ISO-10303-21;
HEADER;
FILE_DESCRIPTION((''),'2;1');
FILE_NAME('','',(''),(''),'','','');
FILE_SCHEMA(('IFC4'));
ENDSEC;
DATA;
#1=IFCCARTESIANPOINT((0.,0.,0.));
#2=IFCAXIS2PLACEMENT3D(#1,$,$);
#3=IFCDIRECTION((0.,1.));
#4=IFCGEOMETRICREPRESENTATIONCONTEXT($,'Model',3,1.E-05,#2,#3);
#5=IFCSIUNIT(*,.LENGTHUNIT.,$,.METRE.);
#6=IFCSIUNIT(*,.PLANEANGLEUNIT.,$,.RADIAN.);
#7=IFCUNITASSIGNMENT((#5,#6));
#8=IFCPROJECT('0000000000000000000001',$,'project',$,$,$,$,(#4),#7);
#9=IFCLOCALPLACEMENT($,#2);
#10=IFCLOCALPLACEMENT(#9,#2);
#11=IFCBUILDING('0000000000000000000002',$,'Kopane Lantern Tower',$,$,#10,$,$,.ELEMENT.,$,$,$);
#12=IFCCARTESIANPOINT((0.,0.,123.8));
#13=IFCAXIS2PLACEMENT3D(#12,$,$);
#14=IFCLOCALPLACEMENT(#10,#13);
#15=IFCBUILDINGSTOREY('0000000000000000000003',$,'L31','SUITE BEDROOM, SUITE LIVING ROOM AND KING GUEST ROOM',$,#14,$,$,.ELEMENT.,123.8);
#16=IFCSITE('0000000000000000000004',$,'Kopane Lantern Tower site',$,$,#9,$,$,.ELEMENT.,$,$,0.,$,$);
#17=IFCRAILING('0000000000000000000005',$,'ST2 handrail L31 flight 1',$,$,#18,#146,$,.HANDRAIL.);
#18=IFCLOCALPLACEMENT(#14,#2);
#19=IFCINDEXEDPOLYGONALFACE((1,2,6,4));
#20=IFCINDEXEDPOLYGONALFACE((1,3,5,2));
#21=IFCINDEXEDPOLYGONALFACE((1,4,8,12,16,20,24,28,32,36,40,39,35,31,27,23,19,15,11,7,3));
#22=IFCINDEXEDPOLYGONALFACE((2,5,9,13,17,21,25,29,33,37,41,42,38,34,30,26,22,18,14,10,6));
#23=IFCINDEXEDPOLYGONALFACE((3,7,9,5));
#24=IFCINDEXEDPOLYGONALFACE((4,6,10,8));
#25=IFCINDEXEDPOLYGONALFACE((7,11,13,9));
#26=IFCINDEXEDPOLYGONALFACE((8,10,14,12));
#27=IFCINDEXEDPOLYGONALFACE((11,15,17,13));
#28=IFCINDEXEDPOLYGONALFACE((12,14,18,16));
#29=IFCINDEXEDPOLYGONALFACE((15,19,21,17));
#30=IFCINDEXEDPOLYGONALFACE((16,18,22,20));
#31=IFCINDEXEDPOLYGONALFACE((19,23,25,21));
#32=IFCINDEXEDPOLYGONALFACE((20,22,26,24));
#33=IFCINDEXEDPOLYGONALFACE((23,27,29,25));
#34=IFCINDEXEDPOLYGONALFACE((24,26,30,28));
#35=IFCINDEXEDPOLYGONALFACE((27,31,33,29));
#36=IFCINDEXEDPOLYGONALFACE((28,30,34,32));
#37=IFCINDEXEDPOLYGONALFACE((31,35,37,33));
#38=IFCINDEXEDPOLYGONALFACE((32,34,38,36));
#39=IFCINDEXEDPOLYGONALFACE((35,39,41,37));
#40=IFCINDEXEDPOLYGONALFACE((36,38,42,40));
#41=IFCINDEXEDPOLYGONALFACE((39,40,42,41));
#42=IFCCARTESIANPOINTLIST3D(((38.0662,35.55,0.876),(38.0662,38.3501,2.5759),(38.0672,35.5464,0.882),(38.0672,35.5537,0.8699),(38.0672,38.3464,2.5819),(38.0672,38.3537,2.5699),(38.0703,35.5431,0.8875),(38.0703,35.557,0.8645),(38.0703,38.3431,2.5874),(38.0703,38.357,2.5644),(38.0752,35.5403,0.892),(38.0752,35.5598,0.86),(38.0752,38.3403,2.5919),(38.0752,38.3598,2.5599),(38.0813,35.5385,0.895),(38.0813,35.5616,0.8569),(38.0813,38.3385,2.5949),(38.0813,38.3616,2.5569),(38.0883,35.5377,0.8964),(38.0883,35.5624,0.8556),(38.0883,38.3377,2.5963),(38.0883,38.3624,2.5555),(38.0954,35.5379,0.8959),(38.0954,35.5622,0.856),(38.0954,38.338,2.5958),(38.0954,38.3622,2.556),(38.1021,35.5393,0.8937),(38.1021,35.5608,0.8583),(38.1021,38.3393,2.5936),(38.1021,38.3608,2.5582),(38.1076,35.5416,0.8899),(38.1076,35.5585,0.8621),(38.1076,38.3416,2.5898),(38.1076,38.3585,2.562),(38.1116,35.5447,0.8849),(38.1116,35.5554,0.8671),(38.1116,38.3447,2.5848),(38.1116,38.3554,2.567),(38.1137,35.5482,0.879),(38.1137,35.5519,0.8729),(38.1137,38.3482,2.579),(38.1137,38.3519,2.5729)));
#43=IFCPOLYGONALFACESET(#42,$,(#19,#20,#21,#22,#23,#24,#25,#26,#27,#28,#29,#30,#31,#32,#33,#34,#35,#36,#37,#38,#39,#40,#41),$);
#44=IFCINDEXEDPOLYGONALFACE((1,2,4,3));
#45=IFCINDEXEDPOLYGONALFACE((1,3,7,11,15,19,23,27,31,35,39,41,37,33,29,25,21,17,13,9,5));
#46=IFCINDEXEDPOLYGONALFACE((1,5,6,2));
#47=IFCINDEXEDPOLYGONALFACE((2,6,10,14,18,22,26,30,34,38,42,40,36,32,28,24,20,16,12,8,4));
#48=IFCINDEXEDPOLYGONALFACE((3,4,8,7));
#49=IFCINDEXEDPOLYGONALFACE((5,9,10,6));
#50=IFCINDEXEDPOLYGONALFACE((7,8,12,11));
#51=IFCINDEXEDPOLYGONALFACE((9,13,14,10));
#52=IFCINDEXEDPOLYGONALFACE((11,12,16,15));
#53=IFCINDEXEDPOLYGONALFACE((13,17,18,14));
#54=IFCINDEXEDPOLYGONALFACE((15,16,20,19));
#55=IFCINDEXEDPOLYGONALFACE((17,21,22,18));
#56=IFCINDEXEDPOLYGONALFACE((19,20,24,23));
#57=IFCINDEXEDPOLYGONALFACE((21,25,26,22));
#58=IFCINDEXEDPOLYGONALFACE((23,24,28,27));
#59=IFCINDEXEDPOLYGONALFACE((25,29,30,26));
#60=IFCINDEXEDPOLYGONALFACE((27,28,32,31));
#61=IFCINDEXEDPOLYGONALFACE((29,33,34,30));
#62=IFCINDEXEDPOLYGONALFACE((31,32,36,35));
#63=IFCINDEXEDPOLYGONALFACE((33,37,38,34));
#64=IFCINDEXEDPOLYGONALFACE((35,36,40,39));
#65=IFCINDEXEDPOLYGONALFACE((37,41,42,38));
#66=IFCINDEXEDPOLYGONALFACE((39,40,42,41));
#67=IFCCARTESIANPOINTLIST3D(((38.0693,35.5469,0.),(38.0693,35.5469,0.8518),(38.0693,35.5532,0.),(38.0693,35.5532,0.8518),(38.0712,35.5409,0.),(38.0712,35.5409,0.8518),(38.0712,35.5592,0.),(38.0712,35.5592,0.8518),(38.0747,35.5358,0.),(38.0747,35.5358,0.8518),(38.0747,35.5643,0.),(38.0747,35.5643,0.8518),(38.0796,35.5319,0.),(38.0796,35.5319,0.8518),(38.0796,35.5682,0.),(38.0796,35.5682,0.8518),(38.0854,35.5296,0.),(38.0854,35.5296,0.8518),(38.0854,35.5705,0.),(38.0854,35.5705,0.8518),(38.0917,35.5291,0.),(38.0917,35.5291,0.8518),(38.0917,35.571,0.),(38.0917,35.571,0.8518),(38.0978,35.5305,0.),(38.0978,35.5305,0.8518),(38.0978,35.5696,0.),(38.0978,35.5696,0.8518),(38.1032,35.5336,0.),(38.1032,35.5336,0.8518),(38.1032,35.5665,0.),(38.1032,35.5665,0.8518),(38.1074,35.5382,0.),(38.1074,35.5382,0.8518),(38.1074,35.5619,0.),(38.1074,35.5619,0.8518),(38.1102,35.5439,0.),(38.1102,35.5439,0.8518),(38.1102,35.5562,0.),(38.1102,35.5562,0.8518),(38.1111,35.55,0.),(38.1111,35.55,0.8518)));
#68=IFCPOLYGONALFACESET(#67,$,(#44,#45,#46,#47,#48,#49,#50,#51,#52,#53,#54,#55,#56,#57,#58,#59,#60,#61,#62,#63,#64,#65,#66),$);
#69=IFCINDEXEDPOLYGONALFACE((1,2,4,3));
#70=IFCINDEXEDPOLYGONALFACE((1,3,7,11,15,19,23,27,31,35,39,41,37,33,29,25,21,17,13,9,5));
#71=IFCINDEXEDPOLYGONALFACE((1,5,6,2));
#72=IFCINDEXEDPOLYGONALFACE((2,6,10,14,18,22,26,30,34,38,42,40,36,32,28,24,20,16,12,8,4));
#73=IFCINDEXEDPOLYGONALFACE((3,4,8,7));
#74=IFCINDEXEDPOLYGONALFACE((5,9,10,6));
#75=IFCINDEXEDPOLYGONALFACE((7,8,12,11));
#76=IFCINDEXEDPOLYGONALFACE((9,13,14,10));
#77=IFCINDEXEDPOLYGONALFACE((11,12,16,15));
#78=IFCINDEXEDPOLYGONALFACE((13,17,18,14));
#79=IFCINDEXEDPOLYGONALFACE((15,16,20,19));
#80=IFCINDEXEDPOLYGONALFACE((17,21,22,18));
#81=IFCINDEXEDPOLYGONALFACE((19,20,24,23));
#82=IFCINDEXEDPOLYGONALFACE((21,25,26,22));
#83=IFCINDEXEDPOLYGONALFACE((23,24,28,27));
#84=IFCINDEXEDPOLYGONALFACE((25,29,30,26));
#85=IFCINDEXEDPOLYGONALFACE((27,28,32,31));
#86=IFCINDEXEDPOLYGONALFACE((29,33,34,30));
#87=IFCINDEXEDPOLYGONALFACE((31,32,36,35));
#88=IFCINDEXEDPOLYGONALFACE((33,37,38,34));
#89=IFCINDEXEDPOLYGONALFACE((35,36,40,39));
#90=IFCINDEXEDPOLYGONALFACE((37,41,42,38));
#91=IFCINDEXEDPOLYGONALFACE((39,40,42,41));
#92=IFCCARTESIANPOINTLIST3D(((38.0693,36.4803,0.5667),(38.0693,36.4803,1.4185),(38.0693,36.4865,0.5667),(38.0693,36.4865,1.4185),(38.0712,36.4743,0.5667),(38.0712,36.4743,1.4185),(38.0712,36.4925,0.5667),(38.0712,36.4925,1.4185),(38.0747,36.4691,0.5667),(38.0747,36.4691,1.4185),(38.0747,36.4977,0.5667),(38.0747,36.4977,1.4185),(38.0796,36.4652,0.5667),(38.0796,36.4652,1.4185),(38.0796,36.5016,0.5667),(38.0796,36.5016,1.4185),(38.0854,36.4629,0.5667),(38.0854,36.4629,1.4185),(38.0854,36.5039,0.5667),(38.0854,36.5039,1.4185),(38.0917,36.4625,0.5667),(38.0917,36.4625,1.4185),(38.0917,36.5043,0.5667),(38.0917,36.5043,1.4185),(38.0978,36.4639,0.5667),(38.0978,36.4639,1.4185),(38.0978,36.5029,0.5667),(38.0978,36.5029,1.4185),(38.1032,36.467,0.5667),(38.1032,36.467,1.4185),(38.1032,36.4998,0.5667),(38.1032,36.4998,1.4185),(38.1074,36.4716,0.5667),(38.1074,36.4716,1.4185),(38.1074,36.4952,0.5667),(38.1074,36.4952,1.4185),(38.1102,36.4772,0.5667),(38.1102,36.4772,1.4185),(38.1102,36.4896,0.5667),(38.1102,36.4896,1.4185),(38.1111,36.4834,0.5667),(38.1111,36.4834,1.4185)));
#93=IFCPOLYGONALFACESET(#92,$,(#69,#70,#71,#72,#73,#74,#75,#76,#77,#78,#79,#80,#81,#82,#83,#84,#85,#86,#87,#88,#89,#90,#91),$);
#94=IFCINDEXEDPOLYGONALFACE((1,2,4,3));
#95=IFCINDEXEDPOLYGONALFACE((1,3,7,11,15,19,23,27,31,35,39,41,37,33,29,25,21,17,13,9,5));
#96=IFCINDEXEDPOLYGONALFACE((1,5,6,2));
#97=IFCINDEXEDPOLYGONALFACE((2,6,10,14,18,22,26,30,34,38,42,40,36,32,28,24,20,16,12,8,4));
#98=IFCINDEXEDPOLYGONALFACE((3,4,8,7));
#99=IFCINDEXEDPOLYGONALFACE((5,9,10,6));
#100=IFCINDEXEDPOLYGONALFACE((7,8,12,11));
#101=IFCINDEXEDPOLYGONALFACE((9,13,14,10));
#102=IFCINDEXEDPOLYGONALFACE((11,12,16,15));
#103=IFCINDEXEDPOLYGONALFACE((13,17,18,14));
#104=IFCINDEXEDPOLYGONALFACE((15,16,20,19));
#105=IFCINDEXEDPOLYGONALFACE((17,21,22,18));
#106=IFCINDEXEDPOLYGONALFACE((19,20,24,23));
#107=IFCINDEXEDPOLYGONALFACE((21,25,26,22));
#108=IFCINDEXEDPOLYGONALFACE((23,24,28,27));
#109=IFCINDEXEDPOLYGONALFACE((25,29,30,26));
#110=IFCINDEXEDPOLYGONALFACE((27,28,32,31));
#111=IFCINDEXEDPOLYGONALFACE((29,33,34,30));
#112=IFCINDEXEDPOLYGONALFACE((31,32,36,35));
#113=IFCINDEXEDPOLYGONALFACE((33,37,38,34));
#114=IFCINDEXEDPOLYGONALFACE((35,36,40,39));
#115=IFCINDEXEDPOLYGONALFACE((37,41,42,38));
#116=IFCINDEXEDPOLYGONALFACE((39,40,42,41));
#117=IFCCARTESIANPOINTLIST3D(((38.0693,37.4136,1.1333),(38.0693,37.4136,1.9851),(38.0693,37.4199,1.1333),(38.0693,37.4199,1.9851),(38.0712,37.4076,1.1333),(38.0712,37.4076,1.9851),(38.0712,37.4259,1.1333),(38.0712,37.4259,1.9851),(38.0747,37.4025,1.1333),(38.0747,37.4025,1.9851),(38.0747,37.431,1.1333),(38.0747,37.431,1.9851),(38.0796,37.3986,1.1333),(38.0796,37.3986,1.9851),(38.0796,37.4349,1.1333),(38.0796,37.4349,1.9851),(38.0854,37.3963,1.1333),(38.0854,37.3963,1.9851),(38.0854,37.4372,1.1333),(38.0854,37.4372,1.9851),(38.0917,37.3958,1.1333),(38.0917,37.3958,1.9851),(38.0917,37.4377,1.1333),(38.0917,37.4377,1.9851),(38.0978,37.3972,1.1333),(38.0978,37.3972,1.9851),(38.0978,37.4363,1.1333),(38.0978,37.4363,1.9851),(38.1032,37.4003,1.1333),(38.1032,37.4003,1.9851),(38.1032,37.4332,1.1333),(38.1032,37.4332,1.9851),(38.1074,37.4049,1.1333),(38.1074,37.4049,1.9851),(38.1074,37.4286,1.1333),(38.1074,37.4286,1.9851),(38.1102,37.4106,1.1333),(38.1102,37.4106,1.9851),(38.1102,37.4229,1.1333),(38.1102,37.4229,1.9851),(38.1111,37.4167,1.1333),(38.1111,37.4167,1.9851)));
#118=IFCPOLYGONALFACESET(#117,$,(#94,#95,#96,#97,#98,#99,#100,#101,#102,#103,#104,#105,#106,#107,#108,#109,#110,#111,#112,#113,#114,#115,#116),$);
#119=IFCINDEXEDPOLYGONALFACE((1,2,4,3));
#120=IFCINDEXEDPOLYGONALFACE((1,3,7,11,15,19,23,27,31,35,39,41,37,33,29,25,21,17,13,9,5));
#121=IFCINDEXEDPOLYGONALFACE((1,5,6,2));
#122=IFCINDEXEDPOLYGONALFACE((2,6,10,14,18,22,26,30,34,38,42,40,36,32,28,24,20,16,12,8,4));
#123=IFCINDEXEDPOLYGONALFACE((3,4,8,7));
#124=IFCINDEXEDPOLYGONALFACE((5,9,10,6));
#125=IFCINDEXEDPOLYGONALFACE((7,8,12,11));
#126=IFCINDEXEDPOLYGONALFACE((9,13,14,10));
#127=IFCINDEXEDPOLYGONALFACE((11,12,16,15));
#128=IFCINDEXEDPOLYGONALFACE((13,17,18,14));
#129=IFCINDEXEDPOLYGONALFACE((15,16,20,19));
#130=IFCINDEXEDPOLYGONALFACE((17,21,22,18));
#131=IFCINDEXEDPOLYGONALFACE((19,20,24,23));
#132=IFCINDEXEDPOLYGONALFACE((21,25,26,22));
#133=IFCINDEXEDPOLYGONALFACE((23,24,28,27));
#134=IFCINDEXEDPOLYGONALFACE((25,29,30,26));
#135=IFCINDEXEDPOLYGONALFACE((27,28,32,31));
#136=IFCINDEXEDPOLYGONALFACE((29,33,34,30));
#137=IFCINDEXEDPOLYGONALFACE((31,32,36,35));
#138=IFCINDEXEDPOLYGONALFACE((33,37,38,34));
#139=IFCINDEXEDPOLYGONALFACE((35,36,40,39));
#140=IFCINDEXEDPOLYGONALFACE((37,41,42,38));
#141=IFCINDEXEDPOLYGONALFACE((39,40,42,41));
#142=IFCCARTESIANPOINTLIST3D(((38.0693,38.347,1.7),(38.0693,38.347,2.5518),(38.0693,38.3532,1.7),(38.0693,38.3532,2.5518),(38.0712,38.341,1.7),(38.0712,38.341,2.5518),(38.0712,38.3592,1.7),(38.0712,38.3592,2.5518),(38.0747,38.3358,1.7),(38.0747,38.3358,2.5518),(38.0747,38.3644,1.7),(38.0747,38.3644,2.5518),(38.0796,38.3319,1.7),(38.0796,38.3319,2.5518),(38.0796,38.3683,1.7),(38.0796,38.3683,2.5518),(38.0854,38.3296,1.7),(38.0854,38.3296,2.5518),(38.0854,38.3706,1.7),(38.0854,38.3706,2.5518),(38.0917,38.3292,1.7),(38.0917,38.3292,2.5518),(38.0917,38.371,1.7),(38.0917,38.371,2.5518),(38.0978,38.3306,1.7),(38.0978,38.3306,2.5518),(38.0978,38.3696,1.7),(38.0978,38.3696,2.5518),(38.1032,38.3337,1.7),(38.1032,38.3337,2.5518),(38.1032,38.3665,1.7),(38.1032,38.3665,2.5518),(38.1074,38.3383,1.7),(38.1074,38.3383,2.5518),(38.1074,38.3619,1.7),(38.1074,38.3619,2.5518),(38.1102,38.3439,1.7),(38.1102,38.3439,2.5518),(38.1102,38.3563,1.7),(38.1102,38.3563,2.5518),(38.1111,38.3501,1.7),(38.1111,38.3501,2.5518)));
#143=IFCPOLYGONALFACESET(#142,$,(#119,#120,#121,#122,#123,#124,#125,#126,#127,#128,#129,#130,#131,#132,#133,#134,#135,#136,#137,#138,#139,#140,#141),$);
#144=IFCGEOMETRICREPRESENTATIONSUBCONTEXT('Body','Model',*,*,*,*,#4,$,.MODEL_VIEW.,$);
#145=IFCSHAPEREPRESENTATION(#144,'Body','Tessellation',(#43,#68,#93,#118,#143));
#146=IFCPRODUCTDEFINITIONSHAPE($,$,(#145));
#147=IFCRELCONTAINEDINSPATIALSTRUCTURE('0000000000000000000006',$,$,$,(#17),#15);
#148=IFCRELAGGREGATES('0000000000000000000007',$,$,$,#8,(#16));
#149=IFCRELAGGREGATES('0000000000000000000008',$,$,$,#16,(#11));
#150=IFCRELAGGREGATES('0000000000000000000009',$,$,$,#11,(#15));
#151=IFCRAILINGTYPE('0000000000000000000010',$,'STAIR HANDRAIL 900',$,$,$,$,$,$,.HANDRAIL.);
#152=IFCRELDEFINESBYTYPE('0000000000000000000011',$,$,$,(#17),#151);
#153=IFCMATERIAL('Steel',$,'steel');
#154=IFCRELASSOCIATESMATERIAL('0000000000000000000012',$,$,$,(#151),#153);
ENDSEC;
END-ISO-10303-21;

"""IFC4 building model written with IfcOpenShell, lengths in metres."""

from ifc_helpers import new_model, si_unit, direction, frame, origin, origin_2d, place, context, subcontext, project, spatial, circle, extrude, material, type_object, element, save


model = new_model("IFC4")

# Units and contexts
model_context = context("Model", 3, precision=1e-05, world=origin(), true_north=direction((0.0, 1.0)))
body_context = subcontext(model_context, "Body", "Model", "MODEL_VIEW")
ifc_project = project(units=[si_unit("LENGTHUNIT", "METRE"), si_unit("PLANEANGLEUNIT", "RADIAN")], contexts=[model_context])

# Site, building, storey
site_placement = place(None, origin())
site = spatial("IfcSite", under=ifc_project, at=site_placement, Name="Kopane Lantern Tower site", CompositionType="ELEMENT", RefElevation=0.0)
building_placement = place(site_placement, origin())
building = spatial("IfcBuilding", under=site, at=building_placement, Name="Kopane Lantern Tower", CompositionType="ELEMENT")
storey_placement = place(building_placement, frame((0.0, 0.0, 123.8)))
storey = spatial("IfcBuildingStorey", under=building, at=storey_placement, Name="L31", Description="SUITE BEDROOM, SUITE LIVING ROOM AND KING GUEST ROOM", CompositionType="ELEMENT", Elevation=123.8)

# Railing
ifc_material_1 = material(Name="Steel", Category="steel")
railing_type_1 = type_object("IfcRailingType", Name="STAIR HANDRAIL 900", PredefinedType="HANDRAIL", material=ifc_material_1)
for number, where, name in (
    (1, (38.0901, 35.55, 0.0), "ST2 handrail L31 flight 1"),
):
    element("IfcRailing", number, at=place(storey_placement, frame(where)), inside=storey, type_object=railing_type_1, Name=name, PredefinedType="HANDRAIL", context=body_context, shape_type="SweptSolid", body=[
        extrude(circle(Radius=0.0239, at=origin_2d()), frame((0.0, 0.0, 0.876), z_axis=(0.0, 0.854798, 0.518961), x_axis=(-1.0, 0.0, 0.0)), (0.0, 0.0, 1.0), 3.2756),
        extrude(circle(Radius=0.021, at=origin_2d()), origin(), (0.0, 0.0, 1.0), 0.8518),
        extrude(circle(Radius=0.021, at=origin_2d()), frame((0.0, 0.9333, 0.5667)), (0.0, 0.0, 1.0), 0.8518),
        extrude(circle(Radius=0.021, at=origin_2d()), frame((0.0, 1.8667, 1.1333)), (0.0, 0.0, 1.0), 0.8518),
        extrude(circle(Radius=0.021, at=origin_2d()), frame((0.0, 2.8, 1.7)), (0.0, 0.0, 1.0), 0.8518),
    ])

save(model, "model.ifc")
